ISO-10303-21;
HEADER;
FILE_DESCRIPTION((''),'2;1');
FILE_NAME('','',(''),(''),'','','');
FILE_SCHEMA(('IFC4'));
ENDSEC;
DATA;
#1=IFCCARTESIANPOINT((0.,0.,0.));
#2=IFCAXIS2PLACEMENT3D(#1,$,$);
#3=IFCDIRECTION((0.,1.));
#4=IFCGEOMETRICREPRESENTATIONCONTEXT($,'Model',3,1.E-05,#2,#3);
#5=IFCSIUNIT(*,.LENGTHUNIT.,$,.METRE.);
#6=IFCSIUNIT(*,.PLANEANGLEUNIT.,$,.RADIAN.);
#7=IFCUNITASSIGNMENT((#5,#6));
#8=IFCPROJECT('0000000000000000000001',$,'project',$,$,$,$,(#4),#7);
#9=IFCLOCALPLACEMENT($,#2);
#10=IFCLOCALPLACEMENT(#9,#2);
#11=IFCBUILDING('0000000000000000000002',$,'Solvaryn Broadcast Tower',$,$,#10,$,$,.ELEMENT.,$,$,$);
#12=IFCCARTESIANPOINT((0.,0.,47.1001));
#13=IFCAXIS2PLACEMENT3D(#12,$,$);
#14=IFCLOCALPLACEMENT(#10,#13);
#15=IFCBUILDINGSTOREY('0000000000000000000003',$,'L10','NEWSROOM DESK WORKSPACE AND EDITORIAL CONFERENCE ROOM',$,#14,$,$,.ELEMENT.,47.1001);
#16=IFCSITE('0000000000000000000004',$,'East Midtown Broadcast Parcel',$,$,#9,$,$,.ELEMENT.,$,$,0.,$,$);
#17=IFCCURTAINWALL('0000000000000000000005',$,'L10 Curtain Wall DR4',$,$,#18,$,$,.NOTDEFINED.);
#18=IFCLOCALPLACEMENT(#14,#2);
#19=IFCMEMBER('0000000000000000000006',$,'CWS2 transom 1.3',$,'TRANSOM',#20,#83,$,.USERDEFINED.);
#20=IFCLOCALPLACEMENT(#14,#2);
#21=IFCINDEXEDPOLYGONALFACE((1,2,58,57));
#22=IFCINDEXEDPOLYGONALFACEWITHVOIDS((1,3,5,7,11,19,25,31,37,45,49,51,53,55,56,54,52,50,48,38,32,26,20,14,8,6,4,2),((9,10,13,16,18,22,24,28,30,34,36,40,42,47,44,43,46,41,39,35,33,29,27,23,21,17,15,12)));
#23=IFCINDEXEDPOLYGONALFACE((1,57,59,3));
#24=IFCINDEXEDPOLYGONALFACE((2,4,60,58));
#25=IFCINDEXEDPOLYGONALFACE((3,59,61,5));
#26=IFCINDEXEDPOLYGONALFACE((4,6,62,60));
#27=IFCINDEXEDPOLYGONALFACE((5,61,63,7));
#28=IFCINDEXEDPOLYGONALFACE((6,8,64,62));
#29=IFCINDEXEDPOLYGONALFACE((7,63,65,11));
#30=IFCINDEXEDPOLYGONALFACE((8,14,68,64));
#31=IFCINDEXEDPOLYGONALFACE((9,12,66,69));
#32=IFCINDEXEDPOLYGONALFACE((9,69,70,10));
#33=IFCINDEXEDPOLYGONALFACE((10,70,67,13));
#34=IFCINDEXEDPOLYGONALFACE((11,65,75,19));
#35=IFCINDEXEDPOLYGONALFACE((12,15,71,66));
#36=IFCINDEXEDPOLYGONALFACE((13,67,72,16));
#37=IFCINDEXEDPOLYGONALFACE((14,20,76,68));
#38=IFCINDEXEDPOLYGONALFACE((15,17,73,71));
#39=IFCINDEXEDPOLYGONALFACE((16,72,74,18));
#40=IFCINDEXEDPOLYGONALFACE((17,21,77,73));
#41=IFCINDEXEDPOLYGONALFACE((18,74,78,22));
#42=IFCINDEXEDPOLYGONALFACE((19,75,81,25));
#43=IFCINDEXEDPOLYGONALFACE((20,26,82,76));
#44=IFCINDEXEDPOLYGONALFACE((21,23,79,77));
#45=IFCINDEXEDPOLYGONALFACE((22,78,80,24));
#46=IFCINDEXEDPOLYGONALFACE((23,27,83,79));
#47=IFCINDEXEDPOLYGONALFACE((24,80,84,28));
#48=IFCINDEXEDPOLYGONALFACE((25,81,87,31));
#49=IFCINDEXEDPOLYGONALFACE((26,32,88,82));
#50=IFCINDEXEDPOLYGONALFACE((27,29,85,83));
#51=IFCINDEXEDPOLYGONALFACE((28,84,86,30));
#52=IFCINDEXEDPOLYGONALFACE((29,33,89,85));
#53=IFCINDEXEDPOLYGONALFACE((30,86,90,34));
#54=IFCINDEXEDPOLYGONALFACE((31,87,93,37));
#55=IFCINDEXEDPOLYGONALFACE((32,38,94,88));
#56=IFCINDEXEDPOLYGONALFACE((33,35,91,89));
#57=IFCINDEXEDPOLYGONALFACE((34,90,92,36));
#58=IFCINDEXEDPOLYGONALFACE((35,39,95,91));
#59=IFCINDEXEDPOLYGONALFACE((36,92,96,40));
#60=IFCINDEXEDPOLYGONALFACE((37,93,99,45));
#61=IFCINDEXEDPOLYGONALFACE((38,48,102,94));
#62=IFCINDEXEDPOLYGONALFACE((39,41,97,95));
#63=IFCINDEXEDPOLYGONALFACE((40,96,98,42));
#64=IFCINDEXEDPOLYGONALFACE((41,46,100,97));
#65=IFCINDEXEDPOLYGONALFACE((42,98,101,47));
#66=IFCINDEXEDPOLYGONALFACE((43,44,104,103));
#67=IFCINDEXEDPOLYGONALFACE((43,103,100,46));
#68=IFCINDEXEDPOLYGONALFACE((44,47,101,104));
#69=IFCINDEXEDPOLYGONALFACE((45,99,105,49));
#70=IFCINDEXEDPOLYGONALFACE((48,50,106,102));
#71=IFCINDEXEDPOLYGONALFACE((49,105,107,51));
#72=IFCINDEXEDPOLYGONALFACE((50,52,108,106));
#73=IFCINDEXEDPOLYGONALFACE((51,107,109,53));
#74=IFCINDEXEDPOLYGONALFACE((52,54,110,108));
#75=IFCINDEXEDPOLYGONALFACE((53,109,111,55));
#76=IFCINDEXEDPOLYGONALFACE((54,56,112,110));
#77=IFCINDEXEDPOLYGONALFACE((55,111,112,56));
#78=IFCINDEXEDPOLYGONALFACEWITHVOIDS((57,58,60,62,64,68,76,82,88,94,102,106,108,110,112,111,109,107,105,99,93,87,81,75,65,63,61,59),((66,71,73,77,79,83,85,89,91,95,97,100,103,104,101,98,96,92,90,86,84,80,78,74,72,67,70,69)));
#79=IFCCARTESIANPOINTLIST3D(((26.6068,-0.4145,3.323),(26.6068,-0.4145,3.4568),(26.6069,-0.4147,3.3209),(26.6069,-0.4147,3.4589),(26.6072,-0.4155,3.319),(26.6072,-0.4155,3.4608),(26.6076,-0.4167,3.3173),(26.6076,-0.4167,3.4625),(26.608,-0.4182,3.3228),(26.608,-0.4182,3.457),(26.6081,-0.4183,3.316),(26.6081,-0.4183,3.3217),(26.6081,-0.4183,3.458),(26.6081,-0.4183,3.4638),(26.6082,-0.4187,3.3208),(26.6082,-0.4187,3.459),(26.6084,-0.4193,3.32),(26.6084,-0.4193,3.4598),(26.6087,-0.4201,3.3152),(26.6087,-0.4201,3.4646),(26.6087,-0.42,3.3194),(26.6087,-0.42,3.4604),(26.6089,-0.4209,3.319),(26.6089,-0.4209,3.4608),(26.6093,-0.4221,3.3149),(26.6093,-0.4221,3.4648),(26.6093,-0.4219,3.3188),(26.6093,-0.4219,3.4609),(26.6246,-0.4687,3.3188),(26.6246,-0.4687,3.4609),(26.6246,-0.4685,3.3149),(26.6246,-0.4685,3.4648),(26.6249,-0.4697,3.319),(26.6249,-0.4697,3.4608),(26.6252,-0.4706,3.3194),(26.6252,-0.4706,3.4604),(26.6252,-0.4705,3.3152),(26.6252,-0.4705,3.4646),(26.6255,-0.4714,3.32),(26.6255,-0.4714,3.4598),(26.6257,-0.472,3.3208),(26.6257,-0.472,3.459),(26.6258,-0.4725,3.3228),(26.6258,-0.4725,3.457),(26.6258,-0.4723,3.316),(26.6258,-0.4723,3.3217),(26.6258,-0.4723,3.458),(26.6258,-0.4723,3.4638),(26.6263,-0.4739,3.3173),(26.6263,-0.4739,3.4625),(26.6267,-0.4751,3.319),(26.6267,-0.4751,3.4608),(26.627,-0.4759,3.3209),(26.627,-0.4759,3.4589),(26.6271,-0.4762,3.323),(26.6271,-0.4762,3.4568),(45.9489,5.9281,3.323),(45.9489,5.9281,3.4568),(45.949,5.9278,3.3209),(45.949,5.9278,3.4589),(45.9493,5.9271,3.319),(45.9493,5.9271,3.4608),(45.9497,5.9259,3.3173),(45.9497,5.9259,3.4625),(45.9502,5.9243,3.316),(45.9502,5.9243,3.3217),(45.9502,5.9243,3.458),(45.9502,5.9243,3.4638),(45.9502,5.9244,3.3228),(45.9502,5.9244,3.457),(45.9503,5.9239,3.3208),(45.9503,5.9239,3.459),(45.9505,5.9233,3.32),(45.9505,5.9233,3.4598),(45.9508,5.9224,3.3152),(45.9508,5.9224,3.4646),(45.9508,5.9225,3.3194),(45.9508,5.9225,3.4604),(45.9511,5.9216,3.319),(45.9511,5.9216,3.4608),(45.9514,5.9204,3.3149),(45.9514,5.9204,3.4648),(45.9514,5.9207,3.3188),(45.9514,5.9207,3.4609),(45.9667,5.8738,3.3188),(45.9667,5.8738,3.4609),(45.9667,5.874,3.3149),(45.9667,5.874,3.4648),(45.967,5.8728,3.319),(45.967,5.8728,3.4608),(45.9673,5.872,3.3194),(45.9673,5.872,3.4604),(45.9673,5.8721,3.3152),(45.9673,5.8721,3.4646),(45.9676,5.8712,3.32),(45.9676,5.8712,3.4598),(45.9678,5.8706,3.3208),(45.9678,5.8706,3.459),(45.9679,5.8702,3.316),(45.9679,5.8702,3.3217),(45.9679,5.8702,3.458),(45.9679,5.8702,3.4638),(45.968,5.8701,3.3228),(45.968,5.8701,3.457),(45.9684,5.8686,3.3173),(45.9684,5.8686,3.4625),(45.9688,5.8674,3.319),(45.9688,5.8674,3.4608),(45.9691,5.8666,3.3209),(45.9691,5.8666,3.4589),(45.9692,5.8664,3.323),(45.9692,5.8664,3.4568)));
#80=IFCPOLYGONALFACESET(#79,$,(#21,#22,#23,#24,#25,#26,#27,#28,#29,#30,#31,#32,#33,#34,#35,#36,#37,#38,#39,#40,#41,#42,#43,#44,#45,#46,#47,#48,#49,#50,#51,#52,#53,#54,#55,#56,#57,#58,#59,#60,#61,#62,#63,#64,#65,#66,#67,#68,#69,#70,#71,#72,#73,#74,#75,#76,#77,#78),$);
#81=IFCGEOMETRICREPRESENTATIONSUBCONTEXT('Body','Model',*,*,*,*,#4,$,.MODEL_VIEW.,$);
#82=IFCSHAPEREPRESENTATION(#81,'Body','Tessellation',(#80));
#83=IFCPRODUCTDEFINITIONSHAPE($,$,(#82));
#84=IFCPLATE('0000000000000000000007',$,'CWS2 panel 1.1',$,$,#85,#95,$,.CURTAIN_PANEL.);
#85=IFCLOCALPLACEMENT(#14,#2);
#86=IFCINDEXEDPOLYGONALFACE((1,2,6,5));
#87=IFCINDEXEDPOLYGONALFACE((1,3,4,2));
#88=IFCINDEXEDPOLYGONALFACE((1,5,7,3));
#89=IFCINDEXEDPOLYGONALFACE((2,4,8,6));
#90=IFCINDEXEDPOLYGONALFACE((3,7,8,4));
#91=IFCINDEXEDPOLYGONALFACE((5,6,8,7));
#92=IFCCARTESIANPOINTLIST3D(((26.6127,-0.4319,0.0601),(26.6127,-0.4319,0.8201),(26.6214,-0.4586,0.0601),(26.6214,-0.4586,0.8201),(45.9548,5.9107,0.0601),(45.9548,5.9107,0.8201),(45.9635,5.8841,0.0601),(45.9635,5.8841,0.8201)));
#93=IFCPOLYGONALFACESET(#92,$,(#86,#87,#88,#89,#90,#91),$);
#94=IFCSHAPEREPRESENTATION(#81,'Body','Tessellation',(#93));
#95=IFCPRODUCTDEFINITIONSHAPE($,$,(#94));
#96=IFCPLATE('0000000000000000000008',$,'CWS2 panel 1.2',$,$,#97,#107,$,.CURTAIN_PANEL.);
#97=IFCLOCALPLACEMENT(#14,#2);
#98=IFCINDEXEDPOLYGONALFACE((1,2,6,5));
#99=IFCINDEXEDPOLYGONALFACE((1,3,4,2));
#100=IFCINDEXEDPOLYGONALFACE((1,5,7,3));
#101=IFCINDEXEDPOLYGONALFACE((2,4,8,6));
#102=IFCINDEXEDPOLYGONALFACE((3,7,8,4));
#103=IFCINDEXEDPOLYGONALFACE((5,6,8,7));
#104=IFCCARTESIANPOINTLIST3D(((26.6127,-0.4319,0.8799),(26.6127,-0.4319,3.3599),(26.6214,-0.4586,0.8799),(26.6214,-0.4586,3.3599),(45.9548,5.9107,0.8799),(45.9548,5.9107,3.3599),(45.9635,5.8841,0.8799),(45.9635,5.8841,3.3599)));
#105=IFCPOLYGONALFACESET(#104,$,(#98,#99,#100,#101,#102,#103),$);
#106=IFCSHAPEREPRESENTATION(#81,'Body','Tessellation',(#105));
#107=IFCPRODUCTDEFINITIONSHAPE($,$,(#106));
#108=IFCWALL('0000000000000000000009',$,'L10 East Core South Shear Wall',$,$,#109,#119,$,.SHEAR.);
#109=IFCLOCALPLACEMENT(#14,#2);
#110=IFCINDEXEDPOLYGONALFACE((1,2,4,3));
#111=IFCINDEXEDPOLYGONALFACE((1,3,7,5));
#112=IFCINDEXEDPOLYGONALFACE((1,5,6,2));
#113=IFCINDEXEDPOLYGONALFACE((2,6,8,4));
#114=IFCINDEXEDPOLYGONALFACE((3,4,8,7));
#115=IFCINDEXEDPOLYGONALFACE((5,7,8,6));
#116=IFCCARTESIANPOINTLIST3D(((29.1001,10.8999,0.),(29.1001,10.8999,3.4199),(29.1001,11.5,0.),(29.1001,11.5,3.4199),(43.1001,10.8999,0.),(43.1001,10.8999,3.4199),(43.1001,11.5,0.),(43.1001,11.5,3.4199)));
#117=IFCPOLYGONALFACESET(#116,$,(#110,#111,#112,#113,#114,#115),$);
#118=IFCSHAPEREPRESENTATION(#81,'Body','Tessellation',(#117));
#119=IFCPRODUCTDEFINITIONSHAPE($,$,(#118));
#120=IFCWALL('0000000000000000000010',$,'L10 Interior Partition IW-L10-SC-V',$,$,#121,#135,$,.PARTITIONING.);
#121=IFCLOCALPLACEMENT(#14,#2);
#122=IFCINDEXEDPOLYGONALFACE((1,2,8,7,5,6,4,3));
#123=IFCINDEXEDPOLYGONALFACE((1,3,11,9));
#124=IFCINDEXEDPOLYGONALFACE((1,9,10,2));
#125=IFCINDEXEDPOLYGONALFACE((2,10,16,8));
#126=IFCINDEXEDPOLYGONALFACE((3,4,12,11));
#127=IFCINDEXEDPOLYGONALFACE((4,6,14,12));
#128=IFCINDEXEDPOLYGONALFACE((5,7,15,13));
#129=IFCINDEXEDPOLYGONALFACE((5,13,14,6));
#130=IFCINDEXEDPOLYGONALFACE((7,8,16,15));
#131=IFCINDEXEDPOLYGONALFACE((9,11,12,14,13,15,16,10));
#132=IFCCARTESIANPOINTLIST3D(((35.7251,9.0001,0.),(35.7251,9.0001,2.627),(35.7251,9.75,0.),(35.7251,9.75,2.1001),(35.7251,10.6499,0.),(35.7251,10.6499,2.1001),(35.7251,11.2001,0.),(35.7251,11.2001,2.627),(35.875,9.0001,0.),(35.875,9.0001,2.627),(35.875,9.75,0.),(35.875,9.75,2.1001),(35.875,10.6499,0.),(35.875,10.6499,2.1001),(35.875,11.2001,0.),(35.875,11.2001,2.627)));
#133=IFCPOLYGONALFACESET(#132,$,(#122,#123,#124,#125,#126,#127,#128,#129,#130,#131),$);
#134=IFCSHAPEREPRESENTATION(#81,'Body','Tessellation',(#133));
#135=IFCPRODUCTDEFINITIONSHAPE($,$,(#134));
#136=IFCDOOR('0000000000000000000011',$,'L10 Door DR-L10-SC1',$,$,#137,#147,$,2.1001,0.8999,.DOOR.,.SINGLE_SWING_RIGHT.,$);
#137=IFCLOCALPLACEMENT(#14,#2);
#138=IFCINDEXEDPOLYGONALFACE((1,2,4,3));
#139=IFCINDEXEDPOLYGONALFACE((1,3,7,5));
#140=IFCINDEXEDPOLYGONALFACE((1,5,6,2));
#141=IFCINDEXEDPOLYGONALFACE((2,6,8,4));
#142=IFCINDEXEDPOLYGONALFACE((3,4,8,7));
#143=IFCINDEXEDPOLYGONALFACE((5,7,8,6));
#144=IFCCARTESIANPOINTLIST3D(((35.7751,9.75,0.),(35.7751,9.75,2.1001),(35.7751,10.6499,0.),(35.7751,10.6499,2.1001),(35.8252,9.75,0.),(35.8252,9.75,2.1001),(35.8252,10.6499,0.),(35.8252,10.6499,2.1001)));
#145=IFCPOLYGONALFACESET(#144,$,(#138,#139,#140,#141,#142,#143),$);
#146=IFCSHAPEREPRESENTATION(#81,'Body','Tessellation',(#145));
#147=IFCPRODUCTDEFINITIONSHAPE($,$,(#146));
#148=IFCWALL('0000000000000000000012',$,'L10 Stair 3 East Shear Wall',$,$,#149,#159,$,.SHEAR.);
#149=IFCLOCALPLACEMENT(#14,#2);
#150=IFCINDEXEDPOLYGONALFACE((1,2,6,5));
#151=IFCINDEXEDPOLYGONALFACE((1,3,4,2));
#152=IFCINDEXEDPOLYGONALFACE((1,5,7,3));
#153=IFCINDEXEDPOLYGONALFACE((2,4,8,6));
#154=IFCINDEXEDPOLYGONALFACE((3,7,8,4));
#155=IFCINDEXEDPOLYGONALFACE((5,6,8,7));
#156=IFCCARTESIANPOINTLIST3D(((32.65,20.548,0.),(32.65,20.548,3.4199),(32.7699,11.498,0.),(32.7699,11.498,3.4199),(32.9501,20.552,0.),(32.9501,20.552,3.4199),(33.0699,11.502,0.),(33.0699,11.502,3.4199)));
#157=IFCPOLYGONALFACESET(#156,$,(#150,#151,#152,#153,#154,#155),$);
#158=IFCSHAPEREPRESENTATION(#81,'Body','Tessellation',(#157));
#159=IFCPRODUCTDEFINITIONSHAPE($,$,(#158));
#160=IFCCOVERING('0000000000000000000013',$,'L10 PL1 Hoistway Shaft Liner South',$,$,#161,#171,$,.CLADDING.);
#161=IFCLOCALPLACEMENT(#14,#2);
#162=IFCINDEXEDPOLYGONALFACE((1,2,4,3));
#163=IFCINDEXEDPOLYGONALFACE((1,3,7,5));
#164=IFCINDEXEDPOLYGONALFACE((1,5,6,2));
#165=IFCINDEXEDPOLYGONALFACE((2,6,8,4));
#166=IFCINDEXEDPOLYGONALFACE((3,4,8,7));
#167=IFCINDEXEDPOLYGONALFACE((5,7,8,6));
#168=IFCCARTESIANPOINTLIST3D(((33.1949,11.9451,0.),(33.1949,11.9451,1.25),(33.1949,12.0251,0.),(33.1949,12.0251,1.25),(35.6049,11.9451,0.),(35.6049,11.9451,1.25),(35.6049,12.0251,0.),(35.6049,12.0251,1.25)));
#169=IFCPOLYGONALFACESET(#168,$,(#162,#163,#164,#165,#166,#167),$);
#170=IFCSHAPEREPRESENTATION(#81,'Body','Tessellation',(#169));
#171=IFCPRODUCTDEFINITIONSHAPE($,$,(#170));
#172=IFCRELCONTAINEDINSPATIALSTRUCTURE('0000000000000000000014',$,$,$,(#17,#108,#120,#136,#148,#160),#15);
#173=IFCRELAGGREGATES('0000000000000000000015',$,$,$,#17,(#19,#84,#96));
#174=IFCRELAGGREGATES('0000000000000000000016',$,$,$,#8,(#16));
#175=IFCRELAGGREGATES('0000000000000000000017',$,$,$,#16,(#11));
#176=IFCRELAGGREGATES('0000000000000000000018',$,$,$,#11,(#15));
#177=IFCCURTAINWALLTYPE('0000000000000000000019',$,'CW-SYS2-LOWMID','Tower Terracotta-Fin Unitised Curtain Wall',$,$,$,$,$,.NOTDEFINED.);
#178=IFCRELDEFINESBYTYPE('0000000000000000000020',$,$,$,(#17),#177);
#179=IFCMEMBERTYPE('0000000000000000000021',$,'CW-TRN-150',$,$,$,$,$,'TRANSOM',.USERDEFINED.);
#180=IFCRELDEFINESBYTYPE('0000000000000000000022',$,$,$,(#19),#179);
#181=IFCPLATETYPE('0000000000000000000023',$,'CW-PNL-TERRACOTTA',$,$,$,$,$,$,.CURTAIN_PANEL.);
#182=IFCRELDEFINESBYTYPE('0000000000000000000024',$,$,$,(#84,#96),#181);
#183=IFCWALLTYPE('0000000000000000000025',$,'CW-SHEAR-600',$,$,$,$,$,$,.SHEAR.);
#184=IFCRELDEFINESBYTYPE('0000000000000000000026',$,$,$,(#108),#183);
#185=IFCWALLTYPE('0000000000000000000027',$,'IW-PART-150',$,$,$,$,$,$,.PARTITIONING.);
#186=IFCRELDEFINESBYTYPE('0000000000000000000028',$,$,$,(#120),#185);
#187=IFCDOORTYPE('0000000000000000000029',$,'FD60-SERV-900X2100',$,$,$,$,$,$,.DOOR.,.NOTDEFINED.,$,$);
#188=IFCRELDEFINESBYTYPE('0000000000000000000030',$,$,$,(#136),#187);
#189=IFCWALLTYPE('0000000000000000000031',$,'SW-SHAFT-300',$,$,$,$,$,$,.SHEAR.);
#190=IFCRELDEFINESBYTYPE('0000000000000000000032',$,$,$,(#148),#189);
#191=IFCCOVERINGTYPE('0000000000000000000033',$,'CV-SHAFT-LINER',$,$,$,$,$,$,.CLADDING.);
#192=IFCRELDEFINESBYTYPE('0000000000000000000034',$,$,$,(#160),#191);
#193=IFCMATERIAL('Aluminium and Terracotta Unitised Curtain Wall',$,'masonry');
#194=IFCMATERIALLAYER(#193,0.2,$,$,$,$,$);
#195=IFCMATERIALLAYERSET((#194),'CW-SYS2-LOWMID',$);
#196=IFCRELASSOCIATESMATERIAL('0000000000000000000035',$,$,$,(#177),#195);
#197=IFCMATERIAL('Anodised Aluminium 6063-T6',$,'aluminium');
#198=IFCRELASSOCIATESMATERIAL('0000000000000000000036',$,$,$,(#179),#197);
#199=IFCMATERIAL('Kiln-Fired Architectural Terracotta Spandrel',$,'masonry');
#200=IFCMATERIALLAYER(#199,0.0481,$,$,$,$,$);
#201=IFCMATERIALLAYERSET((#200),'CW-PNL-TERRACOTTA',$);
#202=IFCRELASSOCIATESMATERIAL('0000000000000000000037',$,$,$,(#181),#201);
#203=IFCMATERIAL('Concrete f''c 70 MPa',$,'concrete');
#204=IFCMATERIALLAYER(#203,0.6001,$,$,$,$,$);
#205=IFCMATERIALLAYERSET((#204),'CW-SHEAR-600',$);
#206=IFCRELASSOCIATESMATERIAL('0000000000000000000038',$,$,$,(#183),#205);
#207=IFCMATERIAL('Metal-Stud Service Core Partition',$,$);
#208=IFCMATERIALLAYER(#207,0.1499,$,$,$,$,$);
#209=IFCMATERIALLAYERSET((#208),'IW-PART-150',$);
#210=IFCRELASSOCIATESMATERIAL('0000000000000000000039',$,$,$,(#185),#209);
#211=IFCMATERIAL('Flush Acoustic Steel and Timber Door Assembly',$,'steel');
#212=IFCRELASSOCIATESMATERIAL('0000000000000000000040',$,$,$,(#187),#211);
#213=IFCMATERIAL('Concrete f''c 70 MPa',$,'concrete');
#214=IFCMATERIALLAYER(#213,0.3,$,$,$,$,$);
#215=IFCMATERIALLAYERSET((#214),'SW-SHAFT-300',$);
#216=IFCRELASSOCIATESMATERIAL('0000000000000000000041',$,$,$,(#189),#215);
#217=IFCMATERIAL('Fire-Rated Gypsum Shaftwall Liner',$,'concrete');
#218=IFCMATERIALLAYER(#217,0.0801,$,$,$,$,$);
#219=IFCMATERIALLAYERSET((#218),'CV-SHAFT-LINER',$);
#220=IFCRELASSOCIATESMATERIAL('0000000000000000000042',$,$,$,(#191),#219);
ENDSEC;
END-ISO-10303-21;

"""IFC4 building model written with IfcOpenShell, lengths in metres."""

from ifc_helpers import new_model, si_unit, direction, frame, frame_2d, origin, origin_2d, place, context, subcontext, project, spatial, rectangle, hollow_rectangle, extrude, material, layer, layer_set, material_profile, profile_set, type_object, element, fill, aggregate, save


model = new_model("IFC4")

# Units and contexts
model_context = context("Model", 3, precision=1e-05, world=origin(), true_north=direction((0.0, 1.0)))
body_context = subcontext(model_context, "Body", "Model", "MODEL_VIEW")
ifc_project = project(units=[si_unit("LENGTHUNIT", "METRE"), si_unit("PLANEANGLEUNIT", "RADIAN")], contexts=[model_context])

# Site, building, storey
site_placement = place(None, origin())
site = spatial("IfcSite", under=ifc_project, at=site_placement, Name="East Midtown Broadcast Parcel", CompositionType="ELEMENT", RefElevation=0.0)
building_placement = place(site_placement, origin())
building = spatial("IfcBuilding", under=site, at=building_placement, Name="Solvaryn Broadcast Tower", CompositionType="ELEMENT")
storey_placement = place(building_placement, frame((0.0, 0.0, 47.1001)))
storey = spatial("IfcBuildingStorey", under=building, at=storey_placement, Name="L10", Description="NEWSROOM DESK WORKSPACE AND EDITORIAL CONFERENCE ROOM", CompositionType="ELEMENT", Elevation=47.1001)

# Shared definitions
ifc_material_1 = material(Name="Aluminium and Terracotta Unitised Curtain Wall", Category="masonry")
ifc_layer_1 = layer(ifc_material_1, 0.2)
ifc_layer_set_1 = layer_set([ifc_layer_1], Name="CW-SYS2-LOWMID")
curtain_wall_type = type_object("IfcCurtainWallType", Name="CW-SYS2-LOWMID", Description="Tower Terracotta-Fin Unitised Curtain Wall", PredefinedType="NOTDEFINED", material=ifc_layer_set_1)

# Curtain wall, member, plates
curtain_wall_1_placement = place(storey_placement, origin())
curtain_wall_1 = element("IfcCurtainWall", 1, at=curtain_wall_1_placement, inside=storey, type_object=curtain_wall_type, Name="L10 Curtain Wall DR4", PredefinedType="NOTDEFINED")
ifc_material_2 = material(Name="Anodised Aluminium 6063-T6", Category="aluminium")
ifc_material_profile_1 = material_profile(ifc_material_2, hollow_rectangle(XDim=0.0649, YDim=0.1499, WallThickness=0.0039, InnerFilletRadius=0.0039, OuterFilletRadius=0.0081, at=origin_2d()))
ifc_profile_set_1 = profile_set([ifc_material_profile_1], Name="Anodised Aluminium 6063-T6")
member_type_1 = type_object("IfcMemberType", Name="CW-TRN-150", ElementType="TRANSOM", PredefinedType="USERDEFINED", material=ifc_profile_set_1)
member_1_placement = place(storey_placement, frame((26.6169, -0.4453, 3.3899), z_axis=(0.950217, 0.31159, 0.0), x_axis=(-0.31159, 0.950217, 0.0)))
member_1 = element("IfcMember", 2, at=member_1_placement, type_object=member_type_1, Name="CWS2 transom 1.3", ObjectType="TRANSOM", PredefinedType="USERDEFINED", context=body_context, shape_type="SweptSolid", body=[
    extrude(hollow_rectangle(XDim=0.0649, YDim=0.1499, WallThickness=0.0039, InnerFilletRadius=0.0039, OuterFilletRadius=0.0081, at=origin_2d()), origin(), (0.0, 0.0, 1.0), 20.3555),
])
ifc_material_3 = material(Name="Kiln-Fired Architectural Terracotta Spandrel", Category="masonry")
ifc_layer_2 = layer(ifc_material_3, 0.0481)
ifc_layer_set_2 = layer_set([ifc_layer_2], Name="CW-PNL-TERRACOTTA")
plate_type = type_object("IfcPlateType", Name="CW-PNL-TERRACOTTA", PredefinedType="CURTAIN_PANEL", material=ifc_layer_set_2)
plate_1_placement = place(storey_placement, frame((36.2881, 2.7261, 0.0601), z_axis=(0.0, 0.0, 1.0), x_axis=(0.950215, 0.311594, 0.0)))
plate_1 = element("IfcPlate", 3, at=plate_1_placement, type_object=plate_type, Name="CWS2 panel 1.1", PredefinedType="CURTAIN_PANEL", context=body_context, shape_type="SweptSolid", body=[
    extrude(rectangle(XDim=20.3555, YDim=0.0281, at=origin_2d()), origin(), (0.0, 0.0, 1.0), 0.76),
])
plate_2_placement = place(storey_placement, frame((36.2881, 2.7261, 0.8799), z_axis=(0.0, 0.0, 1.0), x_axis=(0.950215, 0.311594, 0.0)))
plate_2 = element("IfcPlate", 4, at=plate_2_placement, type_object=plate_type, Name="CWS2 panel 1.2", PredefinedType="CURTAIN_PANEL", context=body_context, shape_type="SweptSolid", body=[
    extrude(rectangle(XDim=20.3555, YDim=0.0281, at=origin_2d()), origin(), (0.0, 0.0, 1.0), 2.48),
])
aggregate(curtain_wall_1, [member_1, plate_1, plate_2])

# Wall
ifc_material_4 = material(Name="Concrete f'c 70 MPa", Category="concrete")
ifc_layer_3 = layer(ifc_material_4, 0.6001)
ifc_layer_set_3 = layer_set([ifc_layer_3], Name="CW-SHEAR-600")
wall_type_1 = type_object("IfcWallType", Name="CW-SHEAR-600", PredefinedType="SHEAR", material=ifc_layer_set_3)
wall_1_placement = place(storey_placement, frame((29.1001, 11.2, 0.0), z_axis=(0.0, 0.0, 1.0), x_axis=(1.0, 0.0, 0.0)))
element("IfcWall", 5, at=wall_1_placement, inside=storey, type_object=wall_type_1, Name="L10 East Core South Shear Wall", PredefinedType="SHEAR", context=body_context, shape_type="SweptSolid", body=[
    extrude(rectangle(XDim=14.0, YDim=0.6001, at=frame_2d((7.0, 0.0))), origin(), (0.0, 0.0, 1.0), 3.4199),
])

# Wall, opening, door
ifc_material_5 = material(Name="Metal-Stud Service Core Partition")
ifc_layer_4 = layer(ifc_material_5, 0.1499)
ifc_layer_set_4 = layer_set([ifc_layer_4], Name="IW-PART-150")
wall_type_2 = type_object("IfcWallType", Name="IW-PART-150", PredefinedType="PARTITIONING", material=ifc_layer_set_4)
wall_2_placement = place(storey_placement, frame((35.8, 9.0, 0.0), z_axis=(0.0, 0.0, 1.0), x_axis=(0.0, 1.0, 0.0)))
wall_2 = element("IfcWall", 6, at=wall_2_placement, inside=storey, type_object=wall_type_2, Name="L10 Interior Partition IW-L10-SC-V", PredefinedType="PARTITIONING", context=body_context, shape_type="SweptSolid", body=[
    extrude(rectangle(XDim=2.2, YDim=0.1499, at=frame_2d((1.1001, 0.0))), origin(), (0.0, 0.0, 1.0), 2.627),
])
opening_placement = place(wall_2_placement, frame((0.75, 0.0, 0.0)))
opening = element("IfcOpeningElement", 7, at=opening_placement, cuts=wall_2, PredefinedType="OPENING", context=body_context, shape_type="SweptSolid", body=[
    extrude(rectangle(XDim=0.8999, YDim=2.1001, at=frame_2d((0.45, 1.05))), frame((0.0, 0.085, 0.0), z_axis=(0.0, -1.0, 0.0), x_axis=(1.0, 0.0, 0.0)), (0.0, 0.0, 1.0), 0.1699),
])
ifc_material_6 = material(Name="Flush Acoustic Steel and Timber Door Assembly", Category="steel")
door_type = type_object("IfcDoorType", Name="FD60-SERV-900X2100", OperationType="NOTDEFINED", PredefinedType="DOOR", material=ifc_material_6)
door_placement = place(opening_placement, origin())
door = element("IfcDoor", 8, at=door_placement, inside=storey, type_object=door_type, Name="L10 Door DR-L10-SC1", OperationType="SINGLE_SWING_RIGHT", OverallHeight=2.1001, OverallWidth=0.8999, PredefinedType="DOOR", context=body_context, shape_type="SweptSolid", body=[
    extrude(rectangle(XDim=0.8999, YDim=2.1001, at=frame_2d((0.45, 1.05))), frame((0.0, 0.0249, 0.0), z_axis=(0.0, -1.0, 0.0), x_axis=(1.0, 0.0, 0.0)), (0.0, 0.0, 1.0), 0.05),
])
fill(opening, door)

# Wall
ifc_material_7 = material(Name="Concrete f'c 70 MPa", Category="concrete")
ifc_layer_5 = layer(ifc_material_7, 0.3)
ifc_layer_set_5 = layer_set([ifc_layer_5], Name="SW-SHAFT-300")
wall_type_3 = type_object("IfcWallType", Name="SW-SHAFT-300", PredefinedType="SHEAR", material=ifc_layer_set_5)
wall_3_placement = place(storey_placement, frame((32.9199, 11.5, 0.0), z_axis=(0.0, 0.0, 1.0), x_axis=(-0.013244, 0.999912, 0.0)))
element("IfcWall", 9, at=wall_3_placement, inside=storey, type_object=wall_type_3, Name="L10 Stair 3 East Shear Wall", PredefinedType="SHEAR", context=body_context, shape_type="SweptSolid", body=[
    extrude(rectangle(XDim=9.0508, YDim=0.3, at=frame_2d((4.5254, 0.0))), origin(), (0.0, 0.0, 1.0), 3.4199),
])

# Covering
ifc_material_8 = material(Name="Fire-Rated Gypsum Shaftwall Liner", Category="concrete")
ifc_layer_6 = layer(ifc_material_8, 0.0801)
ifc_layer_set_6 = layer_set([ifc_layer_6], Name="CV-SHAFT-LINER")
covering_type_1 = type_object("IfcCoveringType", Name="CV-SHAFT-LINER", PredefinedType="CLADDING", material=ifc_layer_set_6)
covering_1_placement = place(storey_placement, frame((34.3999, 11.9851, 0.0), z_axis=(0.0, 0.0, 1.0), x_axis=(1.0, 0.0, 0.0)))
element("IfcCovering", 10, at=covering_1_placement, inside=storey, type_object=covering_type_1, Name="L10 PL1 Hoistway Shaft Liner South", PredefinedType="CLADDING", context=body_context, shape_type="SweptSolid", body=[
    extrude(rectangle(XDim=2.4099, YDim=0.0801, at=origin_2d()), origin(), (0.0, 0.0, 1.0), 1.25),
])

save(model, "model.ifc")
